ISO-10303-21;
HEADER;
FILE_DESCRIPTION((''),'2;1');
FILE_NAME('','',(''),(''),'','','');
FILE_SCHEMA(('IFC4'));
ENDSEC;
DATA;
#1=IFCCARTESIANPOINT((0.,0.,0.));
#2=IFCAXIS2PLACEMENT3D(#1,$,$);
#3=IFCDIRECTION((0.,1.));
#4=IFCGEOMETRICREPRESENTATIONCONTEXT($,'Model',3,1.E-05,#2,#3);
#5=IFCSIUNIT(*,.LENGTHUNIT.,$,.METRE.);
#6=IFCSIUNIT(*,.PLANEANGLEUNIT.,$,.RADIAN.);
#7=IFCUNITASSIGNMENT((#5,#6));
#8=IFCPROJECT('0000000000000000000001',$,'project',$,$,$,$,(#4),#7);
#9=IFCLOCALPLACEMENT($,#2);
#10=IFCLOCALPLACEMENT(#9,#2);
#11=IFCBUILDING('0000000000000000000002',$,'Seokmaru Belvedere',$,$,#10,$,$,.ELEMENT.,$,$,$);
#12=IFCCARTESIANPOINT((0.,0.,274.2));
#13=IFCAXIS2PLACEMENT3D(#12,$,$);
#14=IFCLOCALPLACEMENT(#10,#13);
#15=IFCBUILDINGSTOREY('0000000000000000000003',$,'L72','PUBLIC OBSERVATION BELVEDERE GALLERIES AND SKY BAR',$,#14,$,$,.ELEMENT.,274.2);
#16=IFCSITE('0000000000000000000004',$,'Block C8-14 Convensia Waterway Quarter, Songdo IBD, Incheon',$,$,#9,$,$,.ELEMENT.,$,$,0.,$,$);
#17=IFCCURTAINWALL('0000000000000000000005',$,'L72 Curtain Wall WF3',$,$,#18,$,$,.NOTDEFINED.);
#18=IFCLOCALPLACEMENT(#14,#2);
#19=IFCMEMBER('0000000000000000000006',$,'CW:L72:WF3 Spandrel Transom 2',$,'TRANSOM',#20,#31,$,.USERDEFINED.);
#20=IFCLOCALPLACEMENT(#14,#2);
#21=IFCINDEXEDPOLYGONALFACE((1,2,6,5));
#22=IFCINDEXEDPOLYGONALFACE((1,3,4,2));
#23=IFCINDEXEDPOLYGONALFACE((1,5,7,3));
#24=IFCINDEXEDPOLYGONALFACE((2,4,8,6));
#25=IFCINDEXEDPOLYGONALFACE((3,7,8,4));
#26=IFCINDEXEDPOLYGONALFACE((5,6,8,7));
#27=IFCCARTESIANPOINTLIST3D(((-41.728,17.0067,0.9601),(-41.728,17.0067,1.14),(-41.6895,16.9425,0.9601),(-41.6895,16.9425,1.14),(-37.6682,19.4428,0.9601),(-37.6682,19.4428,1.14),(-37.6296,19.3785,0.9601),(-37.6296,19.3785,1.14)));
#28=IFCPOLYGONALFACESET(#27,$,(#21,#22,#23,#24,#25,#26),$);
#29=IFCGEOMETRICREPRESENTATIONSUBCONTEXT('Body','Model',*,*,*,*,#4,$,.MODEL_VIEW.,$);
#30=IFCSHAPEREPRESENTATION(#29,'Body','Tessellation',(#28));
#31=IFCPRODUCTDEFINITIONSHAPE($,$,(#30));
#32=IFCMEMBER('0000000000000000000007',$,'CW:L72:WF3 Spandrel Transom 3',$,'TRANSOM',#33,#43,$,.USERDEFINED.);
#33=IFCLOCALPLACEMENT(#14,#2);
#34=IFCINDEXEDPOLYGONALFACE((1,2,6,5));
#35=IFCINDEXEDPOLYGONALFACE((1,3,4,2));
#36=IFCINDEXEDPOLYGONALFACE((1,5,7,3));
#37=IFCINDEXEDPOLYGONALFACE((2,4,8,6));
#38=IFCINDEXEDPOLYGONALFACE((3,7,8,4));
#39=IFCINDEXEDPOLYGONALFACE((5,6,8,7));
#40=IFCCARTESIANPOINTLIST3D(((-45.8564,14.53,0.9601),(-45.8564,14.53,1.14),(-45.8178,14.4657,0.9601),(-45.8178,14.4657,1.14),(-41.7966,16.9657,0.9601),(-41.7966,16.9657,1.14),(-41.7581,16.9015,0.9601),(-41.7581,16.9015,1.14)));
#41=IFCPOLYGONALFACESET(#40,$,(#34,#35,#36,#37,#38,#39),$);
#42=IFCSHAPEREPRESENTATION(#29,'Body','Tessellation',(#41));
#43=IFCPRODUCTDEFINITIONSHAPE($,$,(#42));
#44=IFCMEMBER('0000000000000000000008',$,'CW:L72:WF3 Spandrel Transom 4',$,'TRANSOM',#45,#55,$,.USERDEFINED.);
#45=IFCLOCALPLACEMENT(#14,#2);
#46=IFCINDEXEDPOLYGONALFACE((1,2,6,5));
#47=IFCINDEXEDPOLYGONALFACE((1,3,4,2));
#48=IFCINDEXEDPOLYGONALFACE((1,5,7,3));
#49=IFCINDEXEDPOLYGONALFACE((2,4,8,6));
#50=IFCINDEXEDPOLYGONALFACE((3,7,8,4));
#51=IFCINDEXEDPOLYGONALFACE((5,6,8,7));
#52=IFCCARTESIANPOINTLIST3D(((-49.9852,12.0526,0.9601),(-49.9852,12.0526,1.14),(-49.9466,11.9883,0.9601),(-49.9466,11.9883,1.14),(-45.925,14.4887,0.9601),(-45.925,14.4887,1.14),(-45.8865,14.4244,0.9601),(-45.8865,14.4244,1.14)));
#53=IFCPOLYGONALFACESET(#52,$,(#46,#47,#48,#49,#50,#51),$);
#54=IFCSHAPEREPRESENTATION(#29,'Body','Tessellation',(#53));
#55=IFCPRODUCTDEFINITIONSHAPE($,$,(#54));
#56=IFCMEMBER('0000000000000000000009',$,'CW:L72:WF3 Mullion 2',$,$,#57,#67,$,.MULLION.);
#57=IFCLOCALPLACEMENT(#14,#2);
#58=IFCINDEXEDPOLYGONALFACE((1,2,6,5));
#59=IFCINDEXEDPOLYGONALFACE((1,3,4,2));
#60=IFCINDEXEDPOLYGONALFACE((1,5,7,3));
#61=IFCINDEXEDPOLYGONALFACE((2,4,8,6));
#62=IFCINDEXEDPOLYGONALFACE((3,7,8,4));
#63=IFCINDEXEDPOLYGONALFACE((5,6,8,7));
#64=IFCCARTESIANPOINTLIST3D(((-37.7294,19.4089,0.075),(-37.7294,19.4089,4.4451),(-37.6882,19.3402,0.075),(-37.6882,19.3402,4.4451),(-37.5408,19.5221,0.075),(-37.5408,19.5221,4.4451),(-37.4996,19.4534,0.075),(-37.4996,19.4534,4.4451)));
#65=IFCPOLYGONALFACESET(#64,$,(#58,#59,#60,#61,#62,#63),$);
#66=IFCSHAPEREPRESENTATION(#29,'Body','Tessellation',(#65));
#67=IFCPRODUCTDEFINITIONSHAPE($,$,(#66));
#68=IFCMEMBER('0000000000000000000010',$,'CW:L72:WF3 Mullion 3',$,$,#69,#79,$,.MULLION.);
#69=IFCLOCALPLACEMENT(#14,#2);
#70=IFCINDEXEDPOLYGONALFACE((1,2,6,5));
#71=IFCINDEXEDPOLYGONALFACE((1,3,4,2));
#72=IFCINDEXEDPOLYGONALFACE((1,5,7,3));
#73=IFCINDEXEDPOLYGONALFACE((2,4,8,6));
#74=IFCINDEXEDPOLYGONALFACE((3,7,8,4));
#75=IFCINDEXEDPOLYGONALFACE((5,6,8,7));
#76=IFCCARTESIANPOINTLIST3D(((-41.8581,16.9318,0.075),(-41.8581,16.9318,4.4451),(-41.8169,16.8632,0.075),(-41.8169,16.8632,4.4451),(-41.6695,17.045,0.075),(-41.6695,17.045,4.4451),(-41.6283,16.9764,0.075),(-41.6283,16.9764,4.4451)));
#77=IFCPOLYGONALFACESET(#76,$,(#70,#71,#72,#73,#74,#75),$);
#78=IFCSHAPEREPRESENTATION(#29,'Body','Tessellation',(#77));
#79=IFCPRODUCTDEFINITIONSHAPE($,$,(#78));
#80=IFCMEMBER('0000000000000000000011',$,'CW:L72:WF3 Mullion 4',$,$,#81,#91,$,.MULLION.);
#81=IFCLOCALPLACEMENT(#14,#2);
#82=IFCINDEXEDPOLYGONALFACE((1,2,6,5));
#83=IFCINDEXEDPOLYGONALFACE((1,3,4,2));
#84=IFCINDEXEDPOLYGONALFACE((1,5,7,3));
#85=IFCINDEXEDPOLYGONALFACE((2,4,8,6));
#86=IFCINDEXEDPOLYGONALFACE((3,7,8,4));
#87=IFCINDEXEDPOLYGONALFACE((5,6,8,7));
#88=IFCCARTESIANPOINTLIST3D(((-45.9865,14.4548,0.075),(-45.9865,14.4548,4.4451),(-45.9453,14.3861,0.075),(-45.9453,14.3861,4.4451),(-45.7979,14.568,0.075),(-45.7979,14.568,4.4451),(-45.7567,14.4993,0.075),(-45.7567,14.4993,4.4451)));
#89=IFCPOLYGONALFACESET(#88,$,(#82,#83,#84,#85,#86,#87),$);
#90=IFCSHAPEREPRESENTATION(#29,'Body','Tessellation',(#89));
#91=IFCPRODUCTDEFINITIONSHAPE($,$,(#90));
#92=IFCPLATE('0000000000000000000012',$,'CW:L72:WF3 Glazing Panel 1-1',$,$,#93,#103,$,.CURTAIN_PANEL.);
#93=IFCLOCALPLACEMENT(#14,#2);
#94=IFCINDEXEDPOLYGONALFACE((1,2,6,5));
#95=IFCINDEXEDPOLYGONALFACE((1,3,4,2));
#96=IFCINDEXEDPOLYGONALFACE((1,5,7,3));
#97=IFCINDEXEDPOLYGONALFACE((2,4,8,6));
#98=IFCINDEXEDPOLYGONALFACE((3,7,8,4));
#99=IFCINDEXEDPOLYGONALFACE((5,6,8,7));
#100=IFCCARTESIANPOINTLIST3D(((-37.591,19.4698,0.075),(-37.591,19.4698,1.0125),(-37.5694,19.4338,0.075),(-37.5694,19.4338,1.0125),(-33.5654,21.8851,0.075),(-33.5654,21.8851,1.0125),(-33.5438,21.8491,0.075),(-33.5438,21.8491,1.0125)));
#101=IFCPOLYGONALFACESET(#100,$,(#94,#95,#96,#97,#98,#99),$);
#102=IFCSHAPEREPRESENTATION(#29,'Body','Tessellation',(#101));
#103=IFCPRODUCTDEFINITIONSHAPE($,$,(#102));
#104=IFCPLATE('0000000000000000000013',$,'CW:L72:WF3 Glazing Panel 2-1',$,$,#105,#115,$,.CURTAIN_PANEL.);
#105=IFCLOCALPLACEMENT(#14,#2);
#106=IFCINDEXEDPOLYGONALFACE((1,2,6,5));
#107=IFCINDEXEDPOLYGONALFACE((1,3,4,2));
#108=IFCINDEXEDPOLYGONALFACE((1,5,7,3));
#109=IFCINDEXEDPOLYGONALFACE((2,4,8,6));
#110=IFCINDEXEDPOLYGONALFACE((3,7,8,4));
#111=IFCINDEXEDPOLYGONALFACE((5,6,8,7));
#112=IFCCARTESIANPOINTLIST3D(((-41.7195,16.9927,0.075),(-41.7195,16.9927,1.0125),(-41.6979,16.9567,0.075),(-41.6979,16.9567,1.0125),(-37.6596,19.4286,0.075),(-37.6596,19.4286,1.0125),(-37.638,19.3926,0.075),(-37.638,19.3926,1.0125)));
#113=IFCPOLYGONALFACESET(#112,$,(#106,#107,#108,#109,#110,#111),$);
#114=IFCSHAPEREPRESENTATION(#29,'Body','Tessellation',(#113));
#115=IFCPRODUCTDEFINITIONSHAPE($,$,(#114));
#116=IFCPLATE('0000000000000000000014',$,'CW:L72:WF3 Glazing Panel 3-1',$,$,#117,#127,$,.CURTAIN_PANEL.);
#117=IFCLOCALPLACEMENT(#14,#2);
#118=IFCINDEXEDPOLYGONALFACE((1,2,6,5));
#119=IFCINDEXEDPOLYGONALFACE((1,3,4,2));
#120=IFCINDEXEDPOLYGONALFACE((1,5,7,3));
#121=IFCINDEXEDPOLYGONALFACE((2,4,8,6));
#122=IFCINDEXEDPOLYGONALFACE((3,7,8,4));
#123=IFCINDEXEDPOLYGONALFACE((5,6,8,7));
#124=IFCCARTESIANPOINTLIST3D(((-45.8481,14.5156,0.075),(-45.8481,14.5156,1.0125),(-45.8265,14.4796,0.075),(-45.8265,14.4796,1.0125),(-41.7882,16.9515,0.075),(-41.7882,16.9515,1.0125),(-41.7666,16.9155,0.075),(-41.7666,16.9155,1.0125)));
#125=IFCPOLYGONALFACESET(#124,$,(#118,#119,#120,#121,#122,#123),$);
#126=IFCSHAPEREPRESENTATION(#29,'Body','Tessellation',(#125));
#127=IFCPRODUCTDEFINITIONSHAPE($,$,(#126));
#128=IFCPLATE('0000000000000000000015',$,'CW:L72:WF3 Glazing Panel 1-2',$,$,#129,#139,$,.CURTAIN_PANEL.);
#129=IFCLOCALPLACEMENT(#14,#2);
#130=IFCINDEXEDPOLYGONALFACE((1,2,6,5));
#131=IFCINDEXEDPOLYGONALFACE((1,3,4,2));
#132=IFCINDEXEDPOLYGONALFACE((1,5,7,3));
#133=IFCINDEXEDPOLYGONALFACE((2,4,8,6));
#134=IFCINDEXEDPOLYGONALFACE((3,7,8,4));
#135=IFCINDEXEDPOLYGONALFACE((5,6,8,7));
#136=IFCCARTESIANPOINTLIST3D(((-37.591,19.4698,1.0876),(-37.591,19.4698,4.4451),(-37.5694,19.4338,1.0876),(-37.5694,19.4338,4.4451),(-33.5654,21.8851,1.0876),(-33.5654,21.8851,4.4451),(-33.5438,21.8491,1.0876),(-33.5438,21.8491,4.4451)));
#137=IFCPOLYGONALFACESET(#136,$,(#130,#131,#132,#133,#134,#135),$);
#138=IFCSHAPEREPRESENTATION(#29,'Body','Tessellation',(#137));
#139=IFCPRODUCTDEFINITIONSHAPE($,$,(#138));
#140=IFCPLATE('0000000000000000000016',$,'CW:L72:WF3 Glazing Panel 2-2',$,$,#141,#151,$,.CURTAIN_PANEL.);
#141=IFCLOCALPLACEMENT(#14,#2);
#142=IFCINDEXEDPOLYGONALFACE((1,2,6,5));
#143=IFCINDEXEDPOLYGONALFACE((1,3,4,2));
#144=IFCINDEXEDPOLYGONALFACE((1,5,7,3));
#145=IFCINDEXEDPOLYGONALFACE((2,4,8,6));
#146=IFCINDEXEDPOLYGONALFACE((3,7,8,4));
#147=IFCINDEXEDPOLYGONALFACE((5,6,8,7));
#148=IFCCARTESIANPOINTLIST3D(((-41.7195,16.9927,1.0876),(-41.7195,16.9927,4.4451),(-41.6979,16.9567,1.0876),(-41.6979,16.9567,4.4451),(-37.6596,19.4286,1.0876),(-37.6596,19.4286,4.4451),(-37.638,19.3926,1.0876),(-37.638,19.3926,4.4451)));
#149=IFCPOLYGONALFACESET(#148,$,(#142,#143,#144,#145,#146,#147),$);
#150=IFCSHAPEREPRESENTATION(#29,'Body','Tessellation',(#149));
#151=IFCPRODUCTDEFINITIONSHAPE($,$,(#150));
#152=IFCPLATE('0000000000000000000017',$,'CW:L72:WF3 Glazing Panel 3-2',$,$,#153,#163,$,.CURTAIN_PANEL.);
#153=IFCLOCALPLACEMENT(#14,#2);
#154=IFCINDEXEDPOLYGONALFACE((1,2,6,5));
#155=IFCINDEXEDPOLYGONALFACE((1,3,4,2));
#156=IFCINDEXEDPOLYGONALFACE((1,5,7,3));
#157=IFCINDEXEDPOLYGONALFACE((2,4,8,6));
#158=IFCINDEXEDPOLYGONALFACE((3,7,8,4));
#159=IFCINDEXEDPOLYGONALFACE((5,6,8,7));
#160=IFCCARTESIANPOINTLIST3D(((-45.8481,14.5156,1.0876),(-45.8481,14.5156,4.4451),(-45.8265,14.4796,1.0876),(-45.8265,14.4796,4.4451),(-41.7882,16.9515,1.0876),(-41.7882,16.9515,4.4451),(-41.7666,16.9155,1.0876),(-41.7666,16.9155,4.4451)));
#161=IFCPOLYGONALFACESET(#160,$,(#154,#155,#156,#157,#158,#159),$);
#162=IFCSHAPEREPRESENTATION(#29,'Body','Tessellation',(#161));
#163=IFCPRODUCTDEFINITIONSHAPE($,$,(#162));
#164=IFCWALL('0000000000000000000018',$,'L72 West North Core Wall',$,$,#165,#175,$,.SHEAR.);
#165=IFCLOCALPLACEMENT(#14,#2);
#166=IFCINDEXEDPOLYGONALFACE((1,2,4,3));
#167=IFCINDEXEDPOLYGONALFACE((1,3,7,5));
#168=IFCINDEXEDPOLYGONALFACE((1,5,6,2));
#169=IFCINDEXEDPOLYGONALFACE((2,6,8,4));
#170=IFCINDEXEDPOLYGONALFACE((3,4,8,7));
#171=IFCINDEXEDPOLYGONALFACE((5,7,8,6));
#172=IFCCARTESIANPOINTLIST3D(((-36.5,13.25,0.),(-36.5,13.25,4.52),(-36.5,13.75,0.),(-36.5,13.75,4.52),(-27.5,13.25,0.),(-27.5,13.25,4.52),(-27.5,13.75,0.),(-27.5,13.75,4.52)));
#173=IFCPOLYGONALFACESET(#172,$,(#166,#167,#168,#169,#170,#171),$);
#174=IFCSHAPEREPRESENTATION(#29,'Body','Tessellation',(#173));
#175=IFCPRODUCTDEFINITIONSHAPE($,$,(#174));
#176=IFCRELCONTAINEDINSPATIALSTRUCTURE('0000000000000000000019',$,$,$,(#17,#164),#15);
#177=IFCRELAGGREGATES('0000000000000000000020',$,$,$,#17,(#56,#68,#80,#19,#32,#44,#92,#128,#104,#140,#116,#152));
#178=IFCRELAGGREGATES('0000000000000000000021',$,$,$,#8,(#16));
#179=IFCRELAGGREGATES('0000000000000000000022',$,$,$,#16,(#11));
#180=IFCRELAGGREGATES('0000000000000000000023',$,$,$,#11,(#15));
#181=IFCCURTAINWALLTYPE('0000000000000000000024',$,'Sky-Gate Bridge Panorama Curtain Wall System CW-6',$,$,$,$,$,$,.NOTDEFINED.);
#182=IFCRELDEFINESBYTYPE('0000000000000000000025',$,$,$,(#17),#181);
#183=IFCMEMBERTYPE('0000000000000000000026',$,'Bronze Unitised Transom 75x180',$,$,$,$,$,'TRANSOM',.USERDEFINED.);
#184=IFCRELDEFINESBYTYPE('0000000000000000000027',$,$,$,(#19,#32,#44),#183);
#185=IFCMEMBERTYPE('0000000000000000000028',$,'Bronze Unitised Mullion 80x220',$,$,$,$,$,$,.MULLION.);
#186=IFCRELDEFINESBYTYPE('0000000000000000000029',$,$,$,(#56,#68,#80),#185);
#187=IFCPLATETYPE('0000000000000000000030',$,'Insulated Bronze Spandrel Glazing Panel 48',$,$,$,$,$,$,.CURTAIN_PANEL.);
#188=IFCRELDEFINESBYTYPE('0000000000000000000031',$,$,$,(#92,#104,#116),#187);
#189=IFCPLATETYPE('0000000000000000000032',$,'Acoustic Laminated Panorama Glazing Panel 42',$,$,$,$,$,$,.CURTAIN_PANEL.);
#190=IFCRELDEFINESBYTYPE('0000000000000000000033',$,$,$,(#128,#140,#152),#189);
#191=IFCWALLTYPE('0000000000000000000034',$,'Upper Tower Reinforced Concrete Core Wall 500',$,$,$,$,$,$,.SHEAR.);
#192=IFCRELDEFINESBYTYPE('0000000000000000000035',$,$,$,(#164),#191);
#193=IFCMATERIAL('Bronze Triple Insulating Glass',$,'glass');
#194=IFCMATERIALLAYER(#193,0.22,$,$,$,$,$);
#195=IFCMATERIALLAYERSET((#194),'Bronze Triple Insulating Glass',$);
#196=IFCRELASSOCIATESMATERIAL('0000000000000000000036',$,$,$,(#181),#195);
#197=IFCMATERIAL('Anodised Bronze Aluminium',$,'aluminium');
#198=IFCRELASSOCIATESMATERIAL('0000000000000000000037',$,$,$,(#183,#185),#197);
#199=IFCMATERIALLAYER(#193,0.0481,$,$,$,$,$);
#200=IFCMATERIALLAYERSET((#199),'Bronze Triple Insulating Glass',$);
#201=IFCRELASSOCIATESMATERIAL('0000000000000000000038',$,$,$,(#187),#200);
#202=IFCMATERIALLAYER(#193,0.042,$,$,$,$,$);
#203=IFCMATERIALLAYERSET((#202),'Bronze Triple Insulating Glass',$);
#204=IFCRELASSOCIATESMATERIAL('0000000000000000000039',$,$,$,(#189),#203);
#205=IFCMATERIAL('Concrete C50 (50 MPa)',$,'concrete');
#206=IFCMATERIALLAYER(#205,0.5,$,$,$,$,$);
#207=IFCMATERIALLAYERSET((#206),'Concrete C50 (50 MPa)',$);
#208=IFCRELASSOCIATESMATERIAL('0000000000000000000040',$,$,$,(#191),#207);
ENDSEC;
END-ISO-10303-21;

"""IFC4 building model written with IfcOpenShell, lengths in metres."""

from ifc_helpers import new_model, si_unit, direction, frame, frame_2d, origin, origin_2d, place, context, subcontext, project, spatial, rectangle, extrude, source, transform, mapped, material, layer, layer_set, material_profile, profile_set, type_object, type_shapes, element, aggregate, save


model = new_model("IFC4")

# Units and contexts
model_context = context("Model", 3, precision=1e-05, world=origin(), true_north=direction((0.0, 1.0)))
body_context = subcontext(model_context, "Body", "Model", "MODEL_VIEW")
ifc_project = project(units=[si_unit("LENGTHUNIT", "METRE"), si_unit("PLANEANGLEUNIT", "RADIAN")], contexts=[model_context])

# Site, building, storey
site_placement = place(None, origin())
site = spatial("IfcSite", under=ifc_project, at=site_placement, Name="Block C8-14 Convensia Waterway Quarter, Songdo IBD, Incheon", CompositionType="ELEMENT", RefElevation=0.0)
building_placement = place(site_placement, origin())
building = spatial("IfcBuilding", under=site, at=building_placement, Name="Seokmaru Belvedere", CompositionType="ELEMENT")
storey_placement = place(building_placement, frame((0.0, 0.0, 274.2)))
storey = spatial("IfcBuildingStorey", under=building, at=storey_placement, Name="L72", Description="PUBLIC OBSERVATION BELVEDERE GALLERIES AND SKY BAR", CompositionType="ELEMENT", Elevation=274.2)

# Curtain wall, members, plates
ifc_material_1 = material(Name="Bronze Triple Insulating Glass", Category="glass")
ifc_layer_1 = layer(ifc_material_1, 0.22)
ifc_layer_set_1 = layer_set([ifc_layer_1], Name="Bronze Triple Insulating Glass")
curtain_wall_type = type_object("IfcCurtainWallType", Name="Sky-Gate Bridge Panorama Curtain Wall System CW-6", PredefinedType="NOTDEFINED", material=ifc_layer_set_1)
curtain_wall_placement = place(storey_placement, origin())
curtain_wall = element("IfcCurtainWall", 1, at=curtain_wall_placement, inside=storey, type_object=curtain_wall_type, Name="L72 Curtain Wall WF3", PredefinedType="NOTDEFINED")
ifc_material_2 = material(Name="Anodised Bronze Aluminium", Category="aluminium")
ifc_material_profile_1 = material_profile(ifc_material_2, rectangle(XDim=0.075, YDim=0.1799, at=origin_2d()), Name="CW-T-75x180")
ifc_profile_set_1 = profile_set([ifc_material_profile_1], Name="Anodised Bronze Aluminium")
member_type_1 = type_object("IfcMemberType", Name="Bronze Unitised Transom 75x180", ElementType="TRANSOM", PredefinedType="USERDEFINED", material=ifc_profile_set_1)
shared_shape_1 = source(origin(), body_context, "Body", "SweptSolid", [
    extrude(rectangle(XDim=0.075, YDim=0.1799, at=origin_2d()), origin(), (0.0, 0.0, 1.0), 4.7346),
])
member_1_placement = place(storey_placement, frame((-37.6489, 19.4106, 1.05), z_axis=(-0.857479, -0.514519, 0.0), x_axis=(0.514519, -0.857479, 0.0)))
member_1 = element("IfcMember", 2, at=member_1_placement, type_object=member_type_1, Name="CW:L72:WF3 Spandrel Transom 2", ObjectType="TRANSOM", PredefinedType="USERDEFINED", context=body_context, shape_type="MappedRepresentation", body=[
    mapped(shared_shape_1, transform((0.0, 0.0, 0.0), scale=1.0)),
])
shared_shape_2 = source(origin(), body_context, "Body", "SweptSolid", [
    extrude(rectangle(XDim=0.075, YDim=0.1799, at=origin_2d()), origin(), (0.0, 0.0, 1.0), 4.7344),
])
member_2_placement = place(storey_placement, frame((-41.7773, 16.9336, 1.05), z_axis=(-0.857502, -0.514481, 0.0), x_axis=(0.514481, -0.857502, 0.0)))
member_2 = element("IfcMember", 3, at=member_2_placement, type_object=member_type_1, Name="CW:L72:WF3 Spandrel Transom 3", ObjectType="TRANSOM", PredefinedType="USERDEFINED", context=body_context, shape_type="MappedRepresentation", body=[
    mapped(shared_shape_2, transform((0.0, 0.0, 0.0), scale=1.0)),
])
shared_shape_3 = source(origin(), body_context, "Body", "SweptSolid", [
    extrude(rectangle(XDim=0.075, YDim=0.1799, at=origin_2d()), origin(), (0.0, 0.0, 1.0), 4.7349),
])
type_shapes(member_type_1, [shared_shape_1, shared_shape_2, shared_shape_3])
member_3_placement = place(storey_placement, frame((-45.9058, 14.4565, 1.05), z_axis=(-0.857493, -0.514496, 0.0), x_axis=(0.514496, -0.857493, 0.0)))
member_3 = element("IfcMember", 4, at=member_3_placement, type_object=member_type_1, Name="CW:L72:WF3 Spandrel Transom 4", ObjectType="TRANSOM", PredefinedType="USERDEFINED", context=body_context, shape_type="MappedRepresentation", body=[
    mapped(shared_shape_3, transform((0.0, 0.0, 0.0), scale=1.0)),
])
ifc_material_profile_2 = material_profile(ifc_material_2, rectangle(XDim=0.0801, YDim=0.22, at=origin_2d()), Name="CW-M-80x220")
ifc_profile_set_2 = profile_set([ifc_material_profile_2], Name="Anodised Bronze Aluminium")
member_type_2 = type_object("IfcMemberType", Name="Bronze Unitised Mullion 80x220", PredefinedType="MULLION", material=ifc_profile_set_2)
shared_shape_4 = source(origin(), body_context, "Body", "SweptSolid", [
    extrude(rectangle(XDim=0.0801, YDim=0.22, at=origin_2d()), origin(), (0.0, 0.0, 1.0), 4.3701),
])
type_shapes(member_type_2, [shared_shape_4])
member_4_placement = place(storey_placement, frame((-37.6145, 19.4312, 0.075), z_axis=(0.0, 0.0, 1.0), x_axis=(0.514495, -0.857493, 0.0)))
member_4 = element("IfcMember", 5, at=member_4_placement, type_object=member_type_2, Name="CW:L72:WF3 Mullion 2", PredefinedType="MULLION", context=body_context, shape_type="MappedRepresentation", body=[
    mapped(shared_shape_4, transform((0.0, 0.0, 0.0), scale=1.0)),
])
member_5_placement = place(storey_placement, frame((-41.7432, 16.9541, 0.075), z_axis=(0.0, 0.0, 1.0), x_axis=(0.514495, -0.857493, 0.0)))
member_5 = element("IfcMember", 6, at=member_5_placement, type_object=member_type_2, Name="CW:L72:WF3 Mullion 3", PredefinedType="MULLION", context=body_context, shape_type="MappedRepresentation", body=[
    mapped(shared_shape_4, transform((0.0, 0.0, 0.0), scale=1.0)),
])
member_6_placement = place(storey_placement, frame((-45.8716, 14.4771, 0.075), z_axis=(0.0, 0.0, 1.0), x_axis=(0.514495, -0.857493, 0.0)))
member_6 = element("IfcMember", 7, at=member_6_placement, type_object=member_type_2, Name="CW:L72:WF3 Mullion 4", PredefinedType="MULLION", context=body_context, shape_type="MappedRepresentation", body=[
    mapped(shared_shape_4, transform((0.0, 0.0, 0.0), scale=1.0)),
])
ifc_layer_2 = layer(ifc_material_1, 0.0481)
ifc_layer_set_2 = layer_set([ifc_layer_2], Name="Bronze Triple Insulating Glass")
plate_type_1 = type_object("IfcPlateType", Name="Insulated Bronze Spandrel Glazing Panel 48", PredefinedType="CURTAIN_PANEL", material=ifc_layer_set_2)
shared_shape_5 = source(origin(), body_context, "Body", "SweptSolid", [
    extrude(rectangle(XDim=4.6946, YDim=0.042, at=origin_2d()), origin(), (0.0, 0.0, 1.0), 0.9375),
])
plate_1_placement = place(storey_placement, frame((-35.5674, 20.6594, 0.075), z_axis=(0.0, 0.0, 1.0), x_axis=(-0.857493, -0.514495, 0.0)))
plate_1 = element("IfcPlate", 8, at=plate_1_placement, type_object=plate_type_1, Name="CW:L72:WF3 Glazing Panel 1-1", PredefinedType="CURTAIN_PANEL", context=body_context, shape_type="MappedRepresentation", body=[
    mapped(shared_shape_5, transform((0.0, 0.0, 0.0), scale=1.0)),
])
shared_shape_6 = source(origin(), body_context, "Body", "SweptSolid", [
    extrude(rectangle(XDim=4.7346, YDim=0.042, at=origin_2d()), origin(), (0.0, 0.0, 1.0), 0.9375),
])
type_shapes(plate_type_1, [shared_shape_5, shared_shape_6])
plate_2_placement = place(storey_placement, frame((-39.6787, 18.1926, 0.075), z_axis=(0.0, 0.0, 1.0), x_axis=(-0.857493, -0.514495, 0.0)))
plate_2 = element("IfcPlate", 9, at=plate_2_placement, type_object=plate_type_1, Name="CW:L72:WF3 Glazing Panel 2-1", PredefinedType="CURTAIN_PANEL", context=body_context, shape_type="MappedRepresentation", body=[
    mapped(shared_shape_6, transform((0.0, 0.0, 0.0), scale=1.0)),
])
plate_3_placement = place(storey_placement, frame((-43.8074, 15.7156, 0.075), z_axis=(0.0, 0.0, 1.0), x_axis=(-0.857493, -0.514495, 0.0)))
plate_3 = element("IfcPlate", 10, at=plate_3_placement, type_object=plate_type_1, Name="CW:L72:WF3 Glazing Panel 3-1", PredefinedType="CURTAIN_PANEL", context=body_context, shape_type="MappedRepresentation", body=[
    mapped(shared_shape_6, transform((0.0, 0.0, 0.0), scale=1.0)),
])
ifc_layer_3 = layer(ifc_material_1, 0.042)
ifc_layer_set_3 = layer_set([ifc_layer_3], Name="Bronze Triple Insulating Glass")
plate_type_2 = type_object("IfcPlateType", Name="Acoustic Laminated Panorama Glazing Panel 42", PredefinedType="CURTAIN_PANEL", material=ifc_layer_set_3)
shared_shape_7 = source(origin(), body_context, "Body", "SweptSolid", [
    extrude(rectangle(XDim=4.6946, YDim=0.042, at=origin_2d()), origin(), (0.0, 0.0, 1.0), 3.3574),
])
plate_4_placement = place(storey_placement, frame((-35.5674, 20.6594, 1.0876), z_axis=(0.0, 0.0, 1.0), x_axis=(-0.857493, -0.514495, 0.0)))
plate_4 = element("IfcPlate", 11, at=plate_4_placement, type_object=plate_type_2, Name="CW:L72:WF3 Glazing Panel 1-2", PredefinedType="CURTAIN_PANEL", context=body_context, shape_type="MappedRepresentation", body=[
    mapped(shared_shape_7, transform((0.0, 0.0, 0.0), scale=1.0)),
])
shared_shape_8 = source(origin(), body_context, "Body", "SweptSolid", [
    extrude(rectangle(XDim=4.7346, YDim=0.042, at=origin_2d()), origin(), (0.0, 0.0, 1.0), 3.3574),
])
type_shapes(plate_type_2, [shared_shape_7, shared_shape_8])
plate_5_placement = place(storey_placement, frame((-39.6787, 18.1926, 1.0876), z_axis=(0.0, 0.0, 1.0), x_axis=(-0.857493, -0.514495, 0.0)))
plate_5 = element("IfcPlate", 12, at=plate_5_placement, type_object=plate_type_2, Name="CW:L72:WF3 Glazing Panel 2-2", PredefinedType="CURTAIN_PANEL", context=body_context, shape_type="MappedRepresentation", body=[
    mapped(shared_shape_8, transform((0.0, 0.0, 0.0), scale=1.0)),
])
plate_6_placement = place(storey_placement, frame((-43.8074, 15.7156, 1.0876), z_axis=(0.0, 0.0, 1.0), x_axis=(-0.857493, -0.514495, 0.0)))
plate_6 = element("IfcPlate", 13, at=plate_6_placement, type_object=plate_type_2, Name="CW:L72:WF3 Glazing Panel 3-2", PredefinedType="CURTAIN_PANEL", context=body_context, shape_type="MappedRepresentation", body=[
    mapped(shared_shape_8, transform((0.0, 0.0, 0.0), scale=1.0)),
])
aggregate(curtain_wall, [member_4, member_5, member_6, member_1, member_2, member_3, plate_1, plate_4, plate_2, plate_5, plate_3, plate_6])

# Wall
ifc_material_3 = material(Name="Concrete C50 (50 MPa)", Category="concrete")
ifc_layer_4 = layer(ifc_material_3, 0.5)
ifc_layer_set_4 = layer_set([ifc_layer_4], Name="Concrete C50 (50 MPa)")
wall_type = type_object("IfcWallType", Name="Upper Tower Reinforced Concrete Core Wall 500", PredefinedType="SHEAR", material=ifc_layer_set_4)
wall_placement = place(storey_placement, frame((-36.5, 13.5, 0.0), z_axis=(0.0, 0.0, 1.0), x_axis=(1.0, 0.0, 0.0)))
element("IfcWall", 14, at=wall_placement, inside=storey, type_object=wall_type, Name="L72 West North Core Wall", PredefinedType="SHEAR", context=body_context, shape_type="SweptSolid", body=[
    extrude(rectangle(XDim=9.0, YDim=0.5, at=frame_2d((4.5, 0.0))), origin(), (0.0, 0.0, 1.0), 4.52),
])

save(model, "model.ifc")
